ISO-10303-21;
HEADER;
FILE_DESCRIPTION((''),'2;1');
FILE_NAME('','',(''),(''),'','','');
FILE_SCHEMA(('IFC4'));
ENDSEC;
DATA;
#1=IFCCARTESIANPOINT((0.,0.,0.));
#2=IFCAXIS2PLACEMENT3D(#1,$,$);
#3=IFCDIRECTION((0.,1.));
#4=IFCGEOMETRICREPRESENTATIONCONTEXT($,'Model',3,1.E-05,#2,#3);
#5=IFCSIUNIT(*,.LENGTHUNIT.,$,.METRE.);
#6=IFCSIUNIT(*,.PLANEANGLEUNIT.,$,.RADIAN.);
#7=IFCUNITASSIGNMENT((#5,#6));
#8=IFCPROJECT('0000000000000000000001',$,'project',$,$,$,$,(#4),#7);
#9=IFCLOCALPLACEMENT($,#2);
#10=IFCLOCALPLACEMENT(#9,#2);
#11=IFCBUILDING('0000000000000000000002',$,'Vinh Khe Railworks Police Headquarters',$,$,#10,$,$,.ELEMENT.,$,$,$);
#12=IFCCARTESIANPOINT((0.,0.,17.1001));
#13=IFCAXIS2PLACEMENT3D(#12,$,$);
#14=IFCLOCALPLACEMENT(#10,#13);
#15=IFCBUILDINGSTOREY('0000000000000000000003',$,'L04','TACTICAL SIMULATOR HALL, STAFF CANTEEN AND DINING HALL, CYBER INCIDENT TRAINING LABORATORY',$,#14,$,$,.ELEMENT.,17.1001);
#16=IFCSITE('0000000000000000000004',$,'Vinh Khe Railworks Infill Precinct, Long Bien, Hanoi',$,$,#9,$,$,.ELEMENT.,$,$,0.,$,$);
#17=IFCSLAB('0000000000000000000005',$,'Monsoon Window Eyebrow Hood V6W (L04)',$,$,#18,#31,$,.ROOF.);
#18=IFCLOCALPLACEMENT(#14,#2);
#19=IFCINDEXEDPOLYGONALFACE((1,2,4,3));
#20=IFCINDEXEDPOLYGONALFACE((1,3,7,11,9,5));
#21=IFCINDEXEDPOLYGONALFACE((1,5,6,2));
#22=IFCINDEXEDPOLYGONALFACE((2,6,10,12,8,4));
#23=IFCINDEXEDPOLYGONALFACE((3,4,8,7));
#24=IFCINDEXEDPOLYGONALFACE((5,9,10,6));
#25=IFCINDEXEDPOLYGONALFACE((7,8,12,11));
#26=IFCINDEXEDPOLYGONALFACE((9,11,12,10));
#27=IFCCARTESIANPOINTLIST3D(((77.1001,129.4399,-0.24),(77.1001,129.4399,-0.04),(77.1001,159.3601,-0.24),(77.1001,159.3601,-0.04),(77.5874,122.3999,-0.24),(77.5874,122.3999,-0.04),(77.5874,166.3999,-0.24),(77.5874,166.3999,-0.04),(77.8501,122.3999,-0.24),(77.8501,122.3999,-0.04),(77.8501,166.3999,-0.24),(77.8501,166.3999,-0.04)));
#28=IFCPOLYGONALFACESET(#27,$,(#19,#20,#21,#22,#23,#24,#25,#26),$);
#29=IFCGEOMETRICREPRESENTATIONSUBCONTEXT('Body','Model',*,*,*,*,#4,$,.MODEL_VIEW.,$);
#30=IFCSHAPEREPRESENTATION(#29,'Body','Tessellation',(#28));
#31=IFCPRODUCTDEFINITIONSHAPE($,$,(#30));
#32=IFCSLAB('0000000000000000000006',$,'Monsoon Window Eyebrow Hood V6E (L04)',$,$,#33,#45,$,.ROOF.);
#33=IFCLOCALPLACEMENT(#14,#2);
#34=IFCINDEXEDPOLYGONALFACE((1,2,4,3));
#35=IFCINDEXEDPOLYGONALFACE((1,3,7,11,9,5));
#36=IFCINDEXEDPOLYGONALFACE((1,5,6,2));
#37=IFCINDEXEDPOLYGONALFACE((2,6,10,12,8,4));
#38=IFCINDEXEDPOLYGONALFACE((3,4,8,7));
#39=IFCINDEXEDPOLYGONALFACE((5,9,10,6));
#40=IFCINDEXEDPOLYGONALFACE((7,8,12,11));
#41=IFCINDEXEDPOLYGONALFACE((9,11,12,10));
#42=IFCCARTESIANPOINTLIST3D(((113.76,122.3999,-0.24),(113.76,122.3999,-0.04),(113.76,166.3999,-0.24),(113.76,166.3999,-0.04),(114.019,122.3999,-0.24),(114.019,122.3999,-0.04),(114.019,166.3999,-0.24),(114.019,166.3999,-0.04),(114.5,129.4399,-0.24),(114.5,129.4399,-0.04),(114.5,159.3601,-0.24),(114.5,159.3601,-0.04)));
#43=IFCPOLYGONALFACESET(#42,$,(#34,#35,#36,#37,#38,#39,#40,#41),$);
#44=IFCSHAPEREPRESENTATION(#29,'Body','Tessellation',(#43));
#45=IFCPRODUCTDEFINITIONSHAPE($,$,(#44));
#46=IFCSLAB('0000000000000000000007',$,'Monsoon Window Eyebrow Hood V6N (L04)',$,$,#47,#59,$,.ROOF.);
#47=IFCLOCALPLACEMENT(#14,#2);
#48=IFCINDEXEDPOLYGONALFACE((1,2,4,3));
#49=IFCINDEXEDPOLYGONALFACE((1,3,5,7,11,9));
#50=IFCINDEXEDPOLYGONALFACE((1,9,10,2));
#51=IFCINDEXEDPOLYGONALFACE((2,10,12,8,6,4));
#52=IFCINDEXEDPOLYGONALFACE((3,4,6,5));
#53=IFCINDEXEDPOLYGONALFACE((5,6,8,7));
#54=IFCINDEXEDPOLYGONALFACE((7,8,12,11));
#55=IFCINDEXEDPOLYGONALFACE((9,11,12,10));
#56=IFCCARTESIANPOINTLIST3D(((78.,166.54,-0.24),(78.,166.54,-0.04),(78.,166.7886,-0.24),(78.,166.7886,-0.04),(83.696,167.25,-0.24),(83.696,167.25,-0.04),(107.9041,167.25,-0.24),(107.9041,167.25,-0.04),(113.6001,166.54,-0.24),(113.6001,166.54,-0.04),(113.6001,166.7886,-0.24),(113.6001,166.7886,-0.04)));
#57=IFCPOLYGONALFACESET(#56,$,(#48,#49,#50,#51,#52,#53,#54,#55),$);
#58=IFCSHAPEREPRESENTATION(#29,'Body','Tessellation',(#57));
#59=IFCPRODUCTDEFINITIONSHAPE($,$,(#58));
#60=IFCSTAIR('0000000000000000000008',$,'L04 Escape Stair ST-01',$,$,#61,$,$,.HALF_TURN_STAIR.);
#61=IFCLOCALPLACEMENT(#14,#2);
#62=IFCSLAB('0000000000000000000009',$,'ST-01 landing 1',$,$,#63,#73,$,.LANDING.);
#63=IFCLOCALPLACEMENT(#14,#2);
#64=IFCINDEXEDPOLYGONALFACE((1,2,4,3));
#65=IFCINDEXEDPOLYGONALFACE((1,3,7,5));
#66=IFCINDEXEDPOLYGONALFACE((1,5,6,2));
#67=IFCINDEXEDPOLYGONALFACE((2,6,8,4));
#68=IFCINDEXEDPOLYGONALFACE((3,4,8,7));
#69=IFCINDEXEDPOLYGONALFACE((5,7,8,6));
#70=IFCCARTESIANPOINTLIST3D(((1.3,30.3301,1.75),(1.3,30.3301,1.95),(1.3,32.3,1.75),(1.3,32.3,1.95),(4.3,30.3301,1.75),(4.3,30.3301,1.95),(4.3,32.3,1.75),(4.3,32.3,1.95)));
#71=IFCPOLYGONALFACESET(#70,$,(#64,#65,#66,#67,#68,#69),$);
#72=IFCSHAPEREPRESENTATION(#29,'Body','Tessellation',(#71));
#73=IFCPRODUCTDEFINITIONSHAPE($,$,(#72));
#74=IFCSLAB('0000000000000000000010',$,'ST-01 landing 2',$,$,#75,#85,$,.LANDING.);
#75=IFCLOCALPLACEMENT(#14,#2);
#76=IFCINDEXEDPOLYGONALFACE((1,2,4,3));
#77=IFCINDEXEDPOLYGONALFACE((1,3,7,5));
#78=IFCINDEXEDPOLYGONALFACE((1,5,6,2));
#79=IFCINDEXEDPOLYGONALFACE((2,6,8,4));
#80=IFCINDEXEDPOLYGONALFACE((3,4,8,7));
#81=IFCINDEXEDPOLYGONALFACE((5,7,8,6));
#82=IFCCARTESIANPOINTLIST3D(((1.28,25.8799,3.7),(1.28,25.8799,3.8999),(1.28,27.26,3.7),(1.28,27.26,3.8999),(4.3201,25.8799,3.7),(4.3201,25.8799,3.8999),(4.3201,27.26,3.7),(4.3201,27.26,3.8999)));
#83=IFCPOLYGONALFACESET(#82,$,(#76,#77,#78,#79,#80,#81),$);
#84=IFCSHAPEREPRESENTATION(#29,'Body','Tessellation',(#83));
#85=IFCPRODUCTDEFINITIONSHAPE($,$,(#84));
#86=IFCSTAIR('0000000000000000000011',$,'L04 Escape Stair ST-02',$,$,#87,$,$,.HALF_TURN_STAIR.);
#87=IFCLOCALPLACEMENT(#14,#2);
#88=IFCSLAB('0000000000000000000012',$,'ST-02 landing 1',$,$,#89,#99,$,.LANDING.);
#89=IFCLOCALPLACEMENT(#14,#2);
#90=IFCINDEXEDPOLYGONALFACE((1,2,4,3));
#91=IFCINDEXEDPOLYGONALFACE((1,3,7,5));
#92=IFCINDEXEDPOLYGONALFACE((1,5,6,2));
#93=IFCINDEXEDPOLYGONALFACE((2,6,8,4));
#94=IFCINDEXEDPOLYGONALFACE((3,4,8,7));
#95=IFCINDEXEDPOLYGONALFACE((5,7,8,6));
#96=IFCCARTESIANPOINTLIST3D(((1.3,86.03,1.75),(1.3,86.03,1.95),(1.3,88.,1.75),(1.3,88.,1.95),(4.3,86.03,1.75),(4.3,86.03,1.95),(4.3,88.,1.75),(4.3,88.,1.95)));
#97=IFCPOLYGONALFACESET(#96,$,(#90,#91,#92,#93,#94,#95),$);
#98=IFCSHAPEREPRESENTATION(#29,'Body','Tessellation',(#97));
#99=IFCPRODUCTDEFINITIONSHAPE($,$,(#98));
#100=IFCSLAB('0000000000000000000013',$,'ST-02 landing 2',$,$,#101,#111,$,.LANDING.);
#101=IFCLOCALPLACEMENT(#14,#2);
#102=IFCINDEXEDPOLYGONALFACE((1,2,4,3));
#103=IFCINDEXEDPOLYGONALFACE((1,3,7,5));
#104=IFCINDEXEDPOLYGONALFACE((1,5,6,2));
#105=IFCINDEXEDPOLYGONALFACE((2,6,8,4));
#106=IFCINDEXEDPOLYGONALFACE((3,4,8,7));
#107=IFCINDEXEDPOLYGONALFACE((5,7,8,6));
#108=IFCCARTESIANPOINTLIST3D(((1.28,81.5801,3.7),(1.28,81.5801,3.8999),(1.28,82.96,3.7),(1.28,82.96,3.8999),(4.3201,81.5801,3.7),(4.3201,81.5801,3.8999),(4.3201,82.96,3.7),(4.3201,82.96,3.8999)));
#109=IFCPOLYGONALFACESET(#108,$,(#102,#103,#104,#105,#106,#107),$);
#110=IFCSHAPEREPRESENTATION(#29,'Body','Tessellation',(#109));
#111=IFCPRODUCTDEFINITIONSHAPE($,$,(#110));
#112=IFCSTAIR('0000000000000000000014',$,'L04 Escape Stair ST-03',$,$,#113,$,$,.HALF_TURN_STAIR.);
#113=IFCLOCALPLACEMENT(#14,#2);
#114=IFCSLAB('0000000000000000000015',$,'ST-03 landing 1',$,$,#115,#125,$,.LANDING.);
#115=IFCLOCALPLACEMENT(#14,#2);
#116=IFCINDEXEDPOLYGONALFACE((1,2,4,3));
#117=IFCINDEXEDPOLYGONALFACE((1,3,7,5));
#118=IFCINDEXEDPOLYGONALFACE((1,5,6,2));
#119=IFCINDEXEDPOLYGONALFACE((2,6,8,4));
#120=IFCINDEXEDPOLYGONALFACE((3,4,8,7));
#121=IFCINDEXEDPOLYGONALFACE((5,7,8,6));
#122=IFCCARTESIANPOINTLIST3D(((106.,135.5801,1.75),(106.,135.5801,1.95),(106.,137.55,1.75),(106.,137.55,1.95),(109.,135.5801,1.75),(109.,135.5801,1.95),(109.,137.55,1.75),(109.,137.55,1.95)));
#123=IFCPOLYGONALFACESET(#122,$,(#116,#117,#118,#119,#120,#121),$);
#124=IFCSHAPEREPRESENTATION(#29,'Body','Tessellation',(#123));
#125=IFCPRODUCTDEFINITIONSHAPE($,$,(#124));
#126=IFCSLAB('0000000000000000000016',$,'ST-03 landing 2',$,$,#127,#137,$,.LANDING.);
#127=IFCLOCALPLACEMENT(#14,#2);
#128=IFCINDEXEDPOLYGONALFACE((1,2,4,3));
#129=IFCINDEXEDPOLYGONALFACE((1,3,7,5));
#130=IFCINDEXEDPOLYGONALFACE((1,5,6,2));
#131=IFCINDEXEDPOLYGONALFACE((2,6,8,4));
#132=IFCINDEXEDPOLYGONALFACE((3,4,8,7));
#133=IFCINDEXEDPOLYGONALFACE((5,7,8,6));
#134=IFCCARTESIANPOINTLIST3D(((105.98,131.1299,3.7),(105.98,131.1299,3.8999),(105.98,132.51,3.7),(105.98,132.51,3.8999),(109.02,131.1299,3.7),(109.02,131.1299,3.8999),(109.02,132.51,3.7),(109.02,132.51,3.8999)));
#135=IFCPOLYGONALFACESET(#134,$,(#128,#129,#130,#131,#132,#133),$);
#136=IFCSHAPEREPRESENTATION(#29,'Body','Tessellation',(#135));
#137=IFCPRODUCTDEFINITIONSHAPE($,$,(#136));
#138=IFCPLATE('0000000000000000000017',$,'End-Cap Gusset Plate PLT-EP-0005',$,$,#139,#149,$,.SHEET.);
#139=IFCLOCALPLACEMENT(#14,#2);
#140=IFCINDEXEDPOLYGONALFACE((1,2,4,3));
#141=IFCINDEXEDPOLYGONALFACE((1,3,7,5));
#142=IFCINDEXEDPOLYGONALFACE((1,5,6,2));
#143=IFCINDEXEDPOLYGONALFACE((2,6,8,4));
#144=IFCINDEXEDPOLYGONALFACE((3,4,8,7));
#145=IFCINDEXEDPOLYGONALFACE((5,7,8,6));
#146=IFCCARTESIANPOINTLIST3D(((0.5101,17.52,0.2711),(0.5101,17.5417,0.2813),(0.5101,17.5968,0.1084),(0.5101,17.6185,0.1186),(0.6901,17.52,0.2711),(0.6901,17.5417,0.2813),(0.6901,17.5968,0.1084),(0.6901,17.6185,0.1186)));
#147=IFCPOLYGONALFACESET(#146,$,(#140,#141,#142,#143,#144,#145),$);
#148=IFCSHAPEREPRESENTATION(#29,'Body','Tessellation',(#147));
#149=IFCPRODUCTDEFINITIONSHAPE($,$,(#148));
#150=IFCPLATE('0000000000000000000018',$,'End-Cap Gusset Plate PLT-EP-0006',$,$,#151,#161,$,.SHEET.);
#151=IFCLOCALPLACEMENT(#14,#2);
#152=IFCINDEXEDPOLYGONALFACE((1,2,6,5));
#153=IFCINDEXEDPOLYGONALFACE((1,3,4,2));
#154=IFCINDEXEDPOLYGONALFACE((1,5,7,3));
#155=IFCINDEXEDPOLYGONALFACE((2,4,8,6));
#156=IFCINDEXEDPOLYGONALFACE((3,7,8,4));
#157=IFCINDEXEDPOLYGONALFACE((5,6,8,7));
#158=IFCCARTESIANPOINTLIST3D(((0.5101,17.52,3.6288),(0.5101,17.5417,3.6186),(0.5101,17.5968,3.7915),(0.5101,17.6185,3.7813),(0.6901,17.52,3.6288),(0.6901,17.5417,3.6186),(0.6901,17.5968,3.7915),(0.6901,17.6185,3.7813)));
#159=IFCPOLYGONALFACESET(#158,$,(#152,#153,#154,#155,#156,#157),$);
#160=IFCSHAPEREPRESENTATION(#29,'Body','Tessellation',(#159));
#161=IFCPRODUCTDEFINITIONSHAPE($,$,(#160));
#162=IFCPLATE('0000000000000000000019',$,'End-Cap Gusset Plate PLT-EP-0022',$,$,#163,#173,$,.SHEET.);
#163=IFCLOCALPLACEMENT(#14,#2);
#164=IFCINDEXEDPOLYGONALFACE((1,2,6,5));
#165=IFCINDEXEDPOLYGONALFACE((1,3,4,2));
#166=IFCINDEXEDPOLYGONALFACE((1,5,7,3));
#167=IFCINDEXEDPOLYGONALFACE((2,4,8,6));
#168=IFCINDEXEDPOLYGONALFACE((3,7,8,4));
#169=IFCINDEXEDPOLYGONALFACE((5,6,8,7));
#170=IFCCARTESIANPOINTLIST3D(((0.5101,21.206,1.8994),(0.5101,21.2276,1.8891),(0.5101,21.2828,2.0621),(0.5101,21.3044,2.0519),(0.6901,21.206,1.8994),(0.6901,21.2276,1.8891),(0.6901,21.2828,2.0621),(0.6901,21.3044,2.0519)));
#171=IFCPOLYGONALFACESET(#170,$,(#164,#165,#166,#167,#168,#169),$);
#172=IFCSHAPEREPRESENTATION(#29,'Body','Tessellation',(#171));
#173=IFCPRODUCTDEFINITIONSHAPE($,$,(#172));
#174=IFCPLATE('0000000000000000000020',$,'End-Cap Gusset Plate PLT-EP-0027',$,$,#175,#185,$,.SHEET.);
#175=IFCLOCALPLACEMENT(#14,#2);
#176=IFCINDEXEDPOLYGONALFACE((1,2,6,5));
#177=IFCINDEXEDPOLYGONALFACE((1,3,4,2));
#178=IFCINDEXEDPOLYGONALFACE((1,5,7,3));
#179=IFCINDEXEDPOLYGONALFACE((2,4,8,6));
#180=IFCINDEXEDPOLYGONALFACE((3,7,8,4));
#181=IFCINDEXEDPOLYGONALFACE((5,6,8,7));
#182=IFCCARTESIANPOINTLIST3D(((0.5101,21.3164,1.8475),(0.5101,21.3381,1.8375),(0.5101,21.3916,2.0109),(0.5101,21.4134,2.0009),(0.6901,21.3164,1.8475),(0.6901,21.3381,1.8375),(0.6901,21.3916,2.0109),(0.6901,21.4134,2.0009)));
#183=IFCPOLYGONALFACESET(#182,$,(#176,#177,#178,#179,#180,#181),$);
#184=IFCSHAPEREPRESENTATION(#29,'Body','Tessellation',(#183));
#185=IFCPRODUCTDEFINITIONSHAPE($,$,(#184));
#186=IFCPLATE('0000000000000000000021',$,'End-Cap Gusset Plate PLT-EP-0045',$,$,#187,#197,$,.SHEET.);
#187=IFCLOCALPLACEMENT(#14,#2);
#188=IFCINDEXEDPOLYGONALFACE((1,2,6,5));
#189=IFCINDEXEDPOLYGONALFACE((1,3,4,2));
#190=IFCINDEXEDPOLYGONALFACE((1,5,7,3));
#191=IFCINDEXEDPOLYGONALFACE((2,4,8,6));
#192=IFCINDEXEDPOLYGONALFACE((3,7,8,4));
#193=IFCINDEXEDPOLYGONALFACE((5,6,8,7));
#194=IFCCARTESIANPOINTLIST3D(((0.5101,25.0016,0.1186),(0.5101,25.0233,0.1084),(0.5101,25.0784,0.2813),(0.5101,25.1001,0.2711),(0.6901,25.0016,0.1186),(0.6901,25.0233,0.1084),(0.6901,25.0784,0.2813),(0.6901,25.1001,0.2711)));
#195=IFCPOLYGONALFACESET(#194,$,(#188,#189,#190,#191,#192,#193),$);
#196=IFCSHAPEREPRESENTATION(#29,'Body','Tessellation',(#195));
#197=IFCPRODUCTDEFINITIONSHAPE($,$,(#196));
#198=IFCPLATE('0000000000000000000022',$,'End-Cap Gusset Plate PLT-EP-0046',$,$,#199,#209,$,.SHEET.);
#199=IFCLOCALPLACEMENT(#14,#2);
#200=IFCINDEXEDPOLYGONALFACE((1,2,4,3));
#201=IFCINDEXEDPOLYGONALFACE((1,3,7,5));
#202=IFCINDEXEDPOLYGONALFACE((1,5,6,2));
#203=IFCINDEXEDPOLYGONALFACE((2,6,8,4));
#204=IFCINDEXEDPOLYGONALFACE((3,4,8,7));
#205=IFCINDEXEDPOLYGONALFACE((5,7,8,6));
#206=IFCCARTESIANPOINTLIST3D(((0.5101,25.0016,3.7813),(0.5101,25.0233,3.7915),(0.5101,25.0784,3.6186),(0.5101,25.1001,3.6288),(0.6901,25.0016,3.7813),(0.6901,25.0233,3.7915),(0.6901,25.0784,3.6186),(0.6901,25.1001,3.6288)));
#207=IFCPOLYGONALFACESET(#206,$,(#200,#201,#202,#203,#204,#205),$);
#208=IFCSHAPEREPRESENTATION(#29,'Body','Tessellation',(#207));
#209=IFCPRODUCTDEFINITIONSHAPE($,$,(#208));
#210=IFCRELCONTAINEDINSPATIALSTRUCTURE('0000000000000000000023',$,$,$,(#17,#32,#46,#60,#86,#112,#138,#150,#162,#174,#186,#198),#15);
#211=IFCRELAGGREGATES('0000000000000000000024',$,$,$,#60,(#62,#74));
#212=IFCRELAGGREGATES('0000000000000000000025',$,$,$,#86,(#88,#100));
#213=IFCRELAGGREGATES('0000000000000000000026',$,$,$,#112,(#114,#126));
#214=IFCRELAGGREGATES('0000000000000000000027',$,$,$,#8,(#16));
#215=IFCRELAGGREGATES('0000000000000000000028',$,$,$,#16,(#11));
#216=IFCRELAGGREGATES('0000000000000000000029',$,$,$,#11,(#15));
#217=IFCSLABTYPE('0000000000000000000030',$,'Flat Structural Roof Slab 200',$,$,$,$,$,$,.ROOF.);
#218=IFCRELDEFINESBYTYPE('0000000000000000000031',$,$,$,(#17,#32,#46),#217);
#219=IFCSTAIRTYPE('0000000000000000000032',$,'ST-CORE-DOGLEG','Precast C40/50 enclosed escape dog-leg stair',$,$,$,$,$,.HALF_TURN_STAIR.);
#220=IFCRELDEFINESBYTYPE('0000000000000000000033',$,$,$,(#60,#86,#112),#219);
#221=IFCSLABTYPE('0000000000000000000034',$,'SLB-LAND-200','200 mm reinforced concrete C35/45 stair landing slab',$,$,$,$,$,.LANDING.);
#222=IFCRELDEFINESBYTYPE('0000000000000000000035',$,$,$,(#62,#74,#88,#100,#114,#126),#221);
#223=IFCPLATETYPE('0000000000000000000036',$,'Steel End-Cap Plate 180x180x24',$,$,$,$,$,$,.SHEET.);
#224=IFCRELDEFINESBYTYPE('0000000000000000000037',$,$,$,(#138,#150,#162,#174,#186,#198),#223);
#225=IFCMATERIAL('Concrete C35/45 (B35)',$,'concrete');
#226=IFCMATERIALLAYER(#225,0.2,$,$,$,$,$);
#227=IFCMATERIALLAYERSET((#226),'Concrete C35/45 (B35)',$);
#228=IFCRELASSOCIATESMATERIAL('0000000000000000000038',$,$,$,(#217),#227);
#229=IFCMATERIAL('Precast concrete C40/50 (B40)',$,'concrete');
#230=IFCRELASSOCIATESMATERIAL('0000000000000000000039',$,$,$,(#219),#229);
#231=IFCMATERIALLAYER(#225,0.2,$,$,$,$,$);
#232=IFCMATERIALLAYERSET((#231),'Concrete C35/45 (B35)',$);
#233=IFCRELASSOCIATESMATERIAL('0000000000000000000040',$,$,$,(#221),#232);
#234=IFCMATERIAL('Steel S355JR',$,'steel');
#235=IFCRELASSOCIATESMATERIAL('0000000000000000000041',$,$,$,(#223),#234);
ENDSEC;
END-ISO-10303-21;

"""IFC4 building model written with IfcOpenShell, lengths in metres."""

from ifc_helpers import new_model, si_unit, direction, frame, origin, origin_2d, place, context, subcontext, project, spatial, polyline, rectangle, outline, extrude, material, layer, layer_set, material_profile, profile_set, type_object, element, aggregate, save


model = new_model("IFC4")

# Units and contexts
model_context = context("Model", 3, precision=1e-05, world=origin(), true_north=direction((0.0, 1.0)))
body_context = subcontext(model_context, "Body", "Model", "MODEL_VIEW")
ifc_project = project(units=[si_unit("LENGTHUNIT", "METRE"), si_unit("PLANEANGLEUNIT", "RADIAN")], contexts=[model_context])

# Site, building, storey
site_placement = place(None, origin())
site = spatial("IfcSite", under=ifc_project, at=site_placement, Name="Vinh Khe Railworks Infill Precinct, Long Bien, Hanoi", CompositionType="ELEMENT", RefElevation=0.0)
building_placement = place(site_placement, origin())
building = spatial("IfcBuilding", under=site, at=building_placement, Name="Vinh Khe Railworks Police Headquarters", CompositionType="ELEMENT")
storey_placement = place(building_placement, frame((0.0, 0.0, 17.1001)))
storey = spatial("IfcBuildingStorey", under=building, at=storey_placement, Name="L04", Description="TACTICAL SIMULATOR HALL, STAFF CANTEEN AND DINING HALL, CYBER INCIDENT TRAINING LABORATORY", CompositionType="ELEMENT", Elevation=17.1001)

# Shared definitions
ifc_material_1 = material(Name="Steel S355JR", Category="steel")

# Slabs
ifc_material_2 = material(Name="Concrete C35/45 (B35)", Category="concrete")
ifc_layer_1 = layer(ifc_material_2, 0.2)
ifc_layer_set_1 = layer_set([ifc_layer_1], Name="Concrete C35/45 (B35)")
slab_type_1 = type_object("IfcSlabType", Name="Flat Structural Roof Slab 200", PredefinedType="ROOF", material=ifc_layer_set_1)
slab_1_placement = place(storey_placement, frame((0.0, 0.0, -0.24)))
element("IfcSlab", 1, at=slab_1_placement, inside=storey, type_object=slab_type_1, Name="Monsoon Window Eyebrow Hood V6W (L04)", PredefinedType="ROOF", context=body_context, shape_type="SweptSolid", body=[
    extrude(outline(polyline([(77.8501, 122.3999), (77.8501, 166.3999), (77.5874, 166.3999), (77.1001, 159.3601), (77.1001, 129.4399), (77.5874, 122.3999), (77.8501, 122.3999)])), origin(), (0.0, 0.0, 1.0), 0.2),
])
slab_2_placement = place(storey_placement, frame((0.0, 0.0, -0.24)))
element("IfcSlab", 2, at=slab_2_placement, inside=storey, type_object=slab_type_1, Name="Monsoon Window Eyebrow Hood V6E (L04)", PredefinedType="ROOF", context=body_context, shape_type="SweptSolid", body=[
    extrude(outline(polyline([(113.76, 122.3999), (114.019, 122.3999), (114.5, 129.4399), (114.5, 159.3601), (114.019, 166.3999), (113.76, 166.3999), (113.76, 122.3999)])), origin(), (0.0, 0.0, 1.0), 0.2),
])
slab_3_placement = place(storey_placement, frame((0.0, 0.0, -0.24)))
element("IfcSlab", 3, at=slab_3_placement, inside=storey, type_object=slab_type_1, Name="Monsoon Window Eyebrow Hood V6N (L04)", PredefinedType="ROOF", context=body_context, shape_type="SweptSolid", body=[
    extrude(outline(polyline([(78.0, 166.54), (113.6001, 166.54), (113.6001, 166.7886), (107.9041, 167.25), (83.696, 167.25), (78.0, 166.7886), (78.0, 166.54)])), origin(), (0.0, 0.0, 1.0), 0.2),
])

# Stairs, slabs
ifc_material_3 = material(Name="Precast concrete C40/50 (B40)", Category="concrete")
stair_type = type_object("IfcStairType", Name="ST-CORE-DOGLEG", Description="Precast C40/50 enclosed escape dog-leg stair", PredefinedType="HALF_TURN_STAIR", material=ifc_material_3)
stair_1_placement = place(storey_placement, origin())
stair_1 = element("IfcStair", 4, at=stair_1_placement, inside=storey, type_object=stair_type, Name="L04 Escape Stair ST-01", PredefinedType="HALF_TURN_STAIR")
ifc_layer_2 = layer(ifc_material_2, 0.2)
ifc_layer_set_2 = layer_set([ifc_layer_2], Name="Concrete C35/45 (B35)")
slab_type_2 = type_object("IfcSlabType", Name="SLB-LAND-200", Description="200 mm reinforced concrete C35/45 stair landing slab", PredefinedType="LANDING", material=ifc_layer_set_2)
slab_4_placement = place(storey_placement, frame((0.0, 0.0, 1.75)))
slab_4 = element("IfcSlab", 5, at=slab_4_placement, type_object=slab_type_2, Name="ST-01 landing 1", PredefinedType="LANDING", context=body_context, shape_type="SweptSolid", body=[
    extrude(outline(polyline([(4.3, 30.3301), (4.3, 32.3), (1.3, 32.3), (1.3, 30.3301), (4.3, 30.3301)])), origin(), (0.0, 0.0, 1.0), 0.2),
])
slab_5_placement = place(storey_placement, frame((0.0, 0.0, 3.7)))
slab_5 = element("IfcSlab", 6, at=slab_5_placement, type_object=slab_type_2, Name="ST-01 landing 2", PredefinedType="LANDING", context=body_context, shape_type="SweptSolid", body=[
    extrude(outline(polyline([(1.28, 25.8799), (4.3201, 25.8799), (4.3201, 27.26), (1.28, 27.26), (1.28, 25.8799)])), origin(), (0.0, 0.0, 1.0), 0.2),
])
aggregate(stair_1, [slab_4, slab_5])
stair_2_placement = place(storey_placement, origin())
stair_2 = element("IfcStair", 7, at=stair_2_placement, inside=storey, type_object=stair_type, Name="L04 Escape Stair ST-02", PredefinedType="HALF_TURN_STAIR")
slab_6_placement = place(storey_placement, frame((0.0, 0.0, 1.75)))
slab_6 = element("IfcSlab", 8, at=slab_6_placement, type_object=slab_type_2, Name="ST-02 landing 1", PredefinedType="LANDING", context=body_context, shape_type="SweptSolid", body=[
    extrude(outline(polyline([(4.3, 86.03), (4.3, 88.0), (1.3, 88.0), (1.3, 86.03), (4.3, 86.03)])), origin(), (0.0, 0.0, 1.0), 0.2),
])
slab_7_placement = place(storey_placement, frame((0.0, 0.0, 3.7)))
slab_7 = element("IfcSlab", 9, at=slab_7_placement, type_object=slab_type_2, Name="ST-02 landing 2", PredefinedType="LANDING", context=body_context, shape_type="SweptSolid", body=[
    extrude(outline(polyline([(1.28, 81.5801), (4.3201, 81.5801), (4.3201, 82.96), (1.28, 82.96), (1.28, 81.5801)])), origin(), (0.0, 0.0, 1.0), 0.2),
])
aggregate(stair_2, [slab_6, slab_7])
stair_3_placement = place(storey_placement, origin())
stair_3 = element("IfcStair", 10, at=stair_3_placement, inside=storey, type_object=stair_type, Name="L04 Escape Stair ST-03", PredefinedType="HALF_TURN_STAIR")
slab_8_placement = place(storey_placement, frame((0.0, 0.0, 1.75)))
slab_8 = element("IfcSlab", 11, at=slab_8_placement, type_object=slab_type_2, Name="ST-03 landing 1", PredefinedType="LANDING", context=body_context, shape_type="SweptSolid", body=[
    extrude(outline(polyline([(109.0, 135.5801), (109.0, 137.55), (106.0, 137.55), (106.0, 135.5801), (109.0, 135.5801)])), origin(), (0.0, 0.0, 1.0), 0.2),
])
slab_9_placement = place(storey_placement, frame((0.0, 0.0, 3.7)))
slab_9 = element("IfcSlab", 12, at=slab_9_placement, type_object=slab_type_2, Name="ST-03 landing 2", PredefinedType="LANDING", context=body_context, shape_type="SweptSolid", body=[
    extrude(outline(polyline([(105.98, 131.1299), (109.02, 131.1299), (109.02, 132.51), (105.98, 132.51), (105.98, 131.1299)])), origin(), (0.0, 0.0, 1.0), 0.2),
])
aggregate(stair_3, [slab_8, slab_9])

# Plates
ifc_material_profile_1 = material_profile(ifc_material_1, rectangle(XDim=0.1799, YDim=0.1799, at=origin_2d()), Name="PL 180x180")
ifc_profile_set_1 = profile_set([ifc_material_profile_1], Name="Steel S355JR")
plate_type = type_object("IfcPlateType", Name="Steel End-Cap Plate 180x180x24", PredefinedType="SHEET", material=ifc_profile_set_1)
for number, where, z_axis, x_axis, name in (
    (13, (0.6001, 17.5801, 0.2), (0.0, -0.904358, -0.426775), (1.0, 0.0, 0.0), "End-Cap Gusset Plate PLT-EP-0005"),
    (14, (0.6001, 17.5801, 3.7), (0.0, -0.904358, 0.426775), (1.0, 0.0, 0.0), "End-Cap Gusset Plate PLT-EP-0006"),
    (15, (0.6001, 21.2444, 1.9807), (0.0, 0.904358, -0.426775), (-1.0, 0.0, 0.0), "End-Cap Gusset Plate PLT-EP-0022"),
    (16, (0.6001, 21.3757, 1.9192), (0.0, -0.908258, 0.418411), (1.0, 0.0, 0.0), "End-Cap Gusset Plate PLT-EP-0027"),
    (17, (0.6001, 25.04, 0.2), (0.0, 0.904358, -0.426775), (-1.0, 0.0, 0.0), "End-Cap Gusset Plate PLT-EP-0045"),
    (18, (0.6001, 25.04, 3.7), (0.0, 0.904358, 0.426775), (-1.0, 0.0, 0.0), "End-Cap Gusset Plate PLT-EP-0046"),
):
    element("IfcPlate", number, at=place(storey_placement, frame(where, z_axis=z_axis, x_axis=x_axis)), inside=storey, type_object=plate_type, Name=name, PredefinedType="SHEET", context=body_context, shape_type="SweptSolid", body=[
        extrude(rectangle(XDim=0.1799, YDim=0.1799, at=origin_2d()), origin(), (0.0, 0.0, 1.0), 0.0239),
    ])

save(model, "model.ifc")
